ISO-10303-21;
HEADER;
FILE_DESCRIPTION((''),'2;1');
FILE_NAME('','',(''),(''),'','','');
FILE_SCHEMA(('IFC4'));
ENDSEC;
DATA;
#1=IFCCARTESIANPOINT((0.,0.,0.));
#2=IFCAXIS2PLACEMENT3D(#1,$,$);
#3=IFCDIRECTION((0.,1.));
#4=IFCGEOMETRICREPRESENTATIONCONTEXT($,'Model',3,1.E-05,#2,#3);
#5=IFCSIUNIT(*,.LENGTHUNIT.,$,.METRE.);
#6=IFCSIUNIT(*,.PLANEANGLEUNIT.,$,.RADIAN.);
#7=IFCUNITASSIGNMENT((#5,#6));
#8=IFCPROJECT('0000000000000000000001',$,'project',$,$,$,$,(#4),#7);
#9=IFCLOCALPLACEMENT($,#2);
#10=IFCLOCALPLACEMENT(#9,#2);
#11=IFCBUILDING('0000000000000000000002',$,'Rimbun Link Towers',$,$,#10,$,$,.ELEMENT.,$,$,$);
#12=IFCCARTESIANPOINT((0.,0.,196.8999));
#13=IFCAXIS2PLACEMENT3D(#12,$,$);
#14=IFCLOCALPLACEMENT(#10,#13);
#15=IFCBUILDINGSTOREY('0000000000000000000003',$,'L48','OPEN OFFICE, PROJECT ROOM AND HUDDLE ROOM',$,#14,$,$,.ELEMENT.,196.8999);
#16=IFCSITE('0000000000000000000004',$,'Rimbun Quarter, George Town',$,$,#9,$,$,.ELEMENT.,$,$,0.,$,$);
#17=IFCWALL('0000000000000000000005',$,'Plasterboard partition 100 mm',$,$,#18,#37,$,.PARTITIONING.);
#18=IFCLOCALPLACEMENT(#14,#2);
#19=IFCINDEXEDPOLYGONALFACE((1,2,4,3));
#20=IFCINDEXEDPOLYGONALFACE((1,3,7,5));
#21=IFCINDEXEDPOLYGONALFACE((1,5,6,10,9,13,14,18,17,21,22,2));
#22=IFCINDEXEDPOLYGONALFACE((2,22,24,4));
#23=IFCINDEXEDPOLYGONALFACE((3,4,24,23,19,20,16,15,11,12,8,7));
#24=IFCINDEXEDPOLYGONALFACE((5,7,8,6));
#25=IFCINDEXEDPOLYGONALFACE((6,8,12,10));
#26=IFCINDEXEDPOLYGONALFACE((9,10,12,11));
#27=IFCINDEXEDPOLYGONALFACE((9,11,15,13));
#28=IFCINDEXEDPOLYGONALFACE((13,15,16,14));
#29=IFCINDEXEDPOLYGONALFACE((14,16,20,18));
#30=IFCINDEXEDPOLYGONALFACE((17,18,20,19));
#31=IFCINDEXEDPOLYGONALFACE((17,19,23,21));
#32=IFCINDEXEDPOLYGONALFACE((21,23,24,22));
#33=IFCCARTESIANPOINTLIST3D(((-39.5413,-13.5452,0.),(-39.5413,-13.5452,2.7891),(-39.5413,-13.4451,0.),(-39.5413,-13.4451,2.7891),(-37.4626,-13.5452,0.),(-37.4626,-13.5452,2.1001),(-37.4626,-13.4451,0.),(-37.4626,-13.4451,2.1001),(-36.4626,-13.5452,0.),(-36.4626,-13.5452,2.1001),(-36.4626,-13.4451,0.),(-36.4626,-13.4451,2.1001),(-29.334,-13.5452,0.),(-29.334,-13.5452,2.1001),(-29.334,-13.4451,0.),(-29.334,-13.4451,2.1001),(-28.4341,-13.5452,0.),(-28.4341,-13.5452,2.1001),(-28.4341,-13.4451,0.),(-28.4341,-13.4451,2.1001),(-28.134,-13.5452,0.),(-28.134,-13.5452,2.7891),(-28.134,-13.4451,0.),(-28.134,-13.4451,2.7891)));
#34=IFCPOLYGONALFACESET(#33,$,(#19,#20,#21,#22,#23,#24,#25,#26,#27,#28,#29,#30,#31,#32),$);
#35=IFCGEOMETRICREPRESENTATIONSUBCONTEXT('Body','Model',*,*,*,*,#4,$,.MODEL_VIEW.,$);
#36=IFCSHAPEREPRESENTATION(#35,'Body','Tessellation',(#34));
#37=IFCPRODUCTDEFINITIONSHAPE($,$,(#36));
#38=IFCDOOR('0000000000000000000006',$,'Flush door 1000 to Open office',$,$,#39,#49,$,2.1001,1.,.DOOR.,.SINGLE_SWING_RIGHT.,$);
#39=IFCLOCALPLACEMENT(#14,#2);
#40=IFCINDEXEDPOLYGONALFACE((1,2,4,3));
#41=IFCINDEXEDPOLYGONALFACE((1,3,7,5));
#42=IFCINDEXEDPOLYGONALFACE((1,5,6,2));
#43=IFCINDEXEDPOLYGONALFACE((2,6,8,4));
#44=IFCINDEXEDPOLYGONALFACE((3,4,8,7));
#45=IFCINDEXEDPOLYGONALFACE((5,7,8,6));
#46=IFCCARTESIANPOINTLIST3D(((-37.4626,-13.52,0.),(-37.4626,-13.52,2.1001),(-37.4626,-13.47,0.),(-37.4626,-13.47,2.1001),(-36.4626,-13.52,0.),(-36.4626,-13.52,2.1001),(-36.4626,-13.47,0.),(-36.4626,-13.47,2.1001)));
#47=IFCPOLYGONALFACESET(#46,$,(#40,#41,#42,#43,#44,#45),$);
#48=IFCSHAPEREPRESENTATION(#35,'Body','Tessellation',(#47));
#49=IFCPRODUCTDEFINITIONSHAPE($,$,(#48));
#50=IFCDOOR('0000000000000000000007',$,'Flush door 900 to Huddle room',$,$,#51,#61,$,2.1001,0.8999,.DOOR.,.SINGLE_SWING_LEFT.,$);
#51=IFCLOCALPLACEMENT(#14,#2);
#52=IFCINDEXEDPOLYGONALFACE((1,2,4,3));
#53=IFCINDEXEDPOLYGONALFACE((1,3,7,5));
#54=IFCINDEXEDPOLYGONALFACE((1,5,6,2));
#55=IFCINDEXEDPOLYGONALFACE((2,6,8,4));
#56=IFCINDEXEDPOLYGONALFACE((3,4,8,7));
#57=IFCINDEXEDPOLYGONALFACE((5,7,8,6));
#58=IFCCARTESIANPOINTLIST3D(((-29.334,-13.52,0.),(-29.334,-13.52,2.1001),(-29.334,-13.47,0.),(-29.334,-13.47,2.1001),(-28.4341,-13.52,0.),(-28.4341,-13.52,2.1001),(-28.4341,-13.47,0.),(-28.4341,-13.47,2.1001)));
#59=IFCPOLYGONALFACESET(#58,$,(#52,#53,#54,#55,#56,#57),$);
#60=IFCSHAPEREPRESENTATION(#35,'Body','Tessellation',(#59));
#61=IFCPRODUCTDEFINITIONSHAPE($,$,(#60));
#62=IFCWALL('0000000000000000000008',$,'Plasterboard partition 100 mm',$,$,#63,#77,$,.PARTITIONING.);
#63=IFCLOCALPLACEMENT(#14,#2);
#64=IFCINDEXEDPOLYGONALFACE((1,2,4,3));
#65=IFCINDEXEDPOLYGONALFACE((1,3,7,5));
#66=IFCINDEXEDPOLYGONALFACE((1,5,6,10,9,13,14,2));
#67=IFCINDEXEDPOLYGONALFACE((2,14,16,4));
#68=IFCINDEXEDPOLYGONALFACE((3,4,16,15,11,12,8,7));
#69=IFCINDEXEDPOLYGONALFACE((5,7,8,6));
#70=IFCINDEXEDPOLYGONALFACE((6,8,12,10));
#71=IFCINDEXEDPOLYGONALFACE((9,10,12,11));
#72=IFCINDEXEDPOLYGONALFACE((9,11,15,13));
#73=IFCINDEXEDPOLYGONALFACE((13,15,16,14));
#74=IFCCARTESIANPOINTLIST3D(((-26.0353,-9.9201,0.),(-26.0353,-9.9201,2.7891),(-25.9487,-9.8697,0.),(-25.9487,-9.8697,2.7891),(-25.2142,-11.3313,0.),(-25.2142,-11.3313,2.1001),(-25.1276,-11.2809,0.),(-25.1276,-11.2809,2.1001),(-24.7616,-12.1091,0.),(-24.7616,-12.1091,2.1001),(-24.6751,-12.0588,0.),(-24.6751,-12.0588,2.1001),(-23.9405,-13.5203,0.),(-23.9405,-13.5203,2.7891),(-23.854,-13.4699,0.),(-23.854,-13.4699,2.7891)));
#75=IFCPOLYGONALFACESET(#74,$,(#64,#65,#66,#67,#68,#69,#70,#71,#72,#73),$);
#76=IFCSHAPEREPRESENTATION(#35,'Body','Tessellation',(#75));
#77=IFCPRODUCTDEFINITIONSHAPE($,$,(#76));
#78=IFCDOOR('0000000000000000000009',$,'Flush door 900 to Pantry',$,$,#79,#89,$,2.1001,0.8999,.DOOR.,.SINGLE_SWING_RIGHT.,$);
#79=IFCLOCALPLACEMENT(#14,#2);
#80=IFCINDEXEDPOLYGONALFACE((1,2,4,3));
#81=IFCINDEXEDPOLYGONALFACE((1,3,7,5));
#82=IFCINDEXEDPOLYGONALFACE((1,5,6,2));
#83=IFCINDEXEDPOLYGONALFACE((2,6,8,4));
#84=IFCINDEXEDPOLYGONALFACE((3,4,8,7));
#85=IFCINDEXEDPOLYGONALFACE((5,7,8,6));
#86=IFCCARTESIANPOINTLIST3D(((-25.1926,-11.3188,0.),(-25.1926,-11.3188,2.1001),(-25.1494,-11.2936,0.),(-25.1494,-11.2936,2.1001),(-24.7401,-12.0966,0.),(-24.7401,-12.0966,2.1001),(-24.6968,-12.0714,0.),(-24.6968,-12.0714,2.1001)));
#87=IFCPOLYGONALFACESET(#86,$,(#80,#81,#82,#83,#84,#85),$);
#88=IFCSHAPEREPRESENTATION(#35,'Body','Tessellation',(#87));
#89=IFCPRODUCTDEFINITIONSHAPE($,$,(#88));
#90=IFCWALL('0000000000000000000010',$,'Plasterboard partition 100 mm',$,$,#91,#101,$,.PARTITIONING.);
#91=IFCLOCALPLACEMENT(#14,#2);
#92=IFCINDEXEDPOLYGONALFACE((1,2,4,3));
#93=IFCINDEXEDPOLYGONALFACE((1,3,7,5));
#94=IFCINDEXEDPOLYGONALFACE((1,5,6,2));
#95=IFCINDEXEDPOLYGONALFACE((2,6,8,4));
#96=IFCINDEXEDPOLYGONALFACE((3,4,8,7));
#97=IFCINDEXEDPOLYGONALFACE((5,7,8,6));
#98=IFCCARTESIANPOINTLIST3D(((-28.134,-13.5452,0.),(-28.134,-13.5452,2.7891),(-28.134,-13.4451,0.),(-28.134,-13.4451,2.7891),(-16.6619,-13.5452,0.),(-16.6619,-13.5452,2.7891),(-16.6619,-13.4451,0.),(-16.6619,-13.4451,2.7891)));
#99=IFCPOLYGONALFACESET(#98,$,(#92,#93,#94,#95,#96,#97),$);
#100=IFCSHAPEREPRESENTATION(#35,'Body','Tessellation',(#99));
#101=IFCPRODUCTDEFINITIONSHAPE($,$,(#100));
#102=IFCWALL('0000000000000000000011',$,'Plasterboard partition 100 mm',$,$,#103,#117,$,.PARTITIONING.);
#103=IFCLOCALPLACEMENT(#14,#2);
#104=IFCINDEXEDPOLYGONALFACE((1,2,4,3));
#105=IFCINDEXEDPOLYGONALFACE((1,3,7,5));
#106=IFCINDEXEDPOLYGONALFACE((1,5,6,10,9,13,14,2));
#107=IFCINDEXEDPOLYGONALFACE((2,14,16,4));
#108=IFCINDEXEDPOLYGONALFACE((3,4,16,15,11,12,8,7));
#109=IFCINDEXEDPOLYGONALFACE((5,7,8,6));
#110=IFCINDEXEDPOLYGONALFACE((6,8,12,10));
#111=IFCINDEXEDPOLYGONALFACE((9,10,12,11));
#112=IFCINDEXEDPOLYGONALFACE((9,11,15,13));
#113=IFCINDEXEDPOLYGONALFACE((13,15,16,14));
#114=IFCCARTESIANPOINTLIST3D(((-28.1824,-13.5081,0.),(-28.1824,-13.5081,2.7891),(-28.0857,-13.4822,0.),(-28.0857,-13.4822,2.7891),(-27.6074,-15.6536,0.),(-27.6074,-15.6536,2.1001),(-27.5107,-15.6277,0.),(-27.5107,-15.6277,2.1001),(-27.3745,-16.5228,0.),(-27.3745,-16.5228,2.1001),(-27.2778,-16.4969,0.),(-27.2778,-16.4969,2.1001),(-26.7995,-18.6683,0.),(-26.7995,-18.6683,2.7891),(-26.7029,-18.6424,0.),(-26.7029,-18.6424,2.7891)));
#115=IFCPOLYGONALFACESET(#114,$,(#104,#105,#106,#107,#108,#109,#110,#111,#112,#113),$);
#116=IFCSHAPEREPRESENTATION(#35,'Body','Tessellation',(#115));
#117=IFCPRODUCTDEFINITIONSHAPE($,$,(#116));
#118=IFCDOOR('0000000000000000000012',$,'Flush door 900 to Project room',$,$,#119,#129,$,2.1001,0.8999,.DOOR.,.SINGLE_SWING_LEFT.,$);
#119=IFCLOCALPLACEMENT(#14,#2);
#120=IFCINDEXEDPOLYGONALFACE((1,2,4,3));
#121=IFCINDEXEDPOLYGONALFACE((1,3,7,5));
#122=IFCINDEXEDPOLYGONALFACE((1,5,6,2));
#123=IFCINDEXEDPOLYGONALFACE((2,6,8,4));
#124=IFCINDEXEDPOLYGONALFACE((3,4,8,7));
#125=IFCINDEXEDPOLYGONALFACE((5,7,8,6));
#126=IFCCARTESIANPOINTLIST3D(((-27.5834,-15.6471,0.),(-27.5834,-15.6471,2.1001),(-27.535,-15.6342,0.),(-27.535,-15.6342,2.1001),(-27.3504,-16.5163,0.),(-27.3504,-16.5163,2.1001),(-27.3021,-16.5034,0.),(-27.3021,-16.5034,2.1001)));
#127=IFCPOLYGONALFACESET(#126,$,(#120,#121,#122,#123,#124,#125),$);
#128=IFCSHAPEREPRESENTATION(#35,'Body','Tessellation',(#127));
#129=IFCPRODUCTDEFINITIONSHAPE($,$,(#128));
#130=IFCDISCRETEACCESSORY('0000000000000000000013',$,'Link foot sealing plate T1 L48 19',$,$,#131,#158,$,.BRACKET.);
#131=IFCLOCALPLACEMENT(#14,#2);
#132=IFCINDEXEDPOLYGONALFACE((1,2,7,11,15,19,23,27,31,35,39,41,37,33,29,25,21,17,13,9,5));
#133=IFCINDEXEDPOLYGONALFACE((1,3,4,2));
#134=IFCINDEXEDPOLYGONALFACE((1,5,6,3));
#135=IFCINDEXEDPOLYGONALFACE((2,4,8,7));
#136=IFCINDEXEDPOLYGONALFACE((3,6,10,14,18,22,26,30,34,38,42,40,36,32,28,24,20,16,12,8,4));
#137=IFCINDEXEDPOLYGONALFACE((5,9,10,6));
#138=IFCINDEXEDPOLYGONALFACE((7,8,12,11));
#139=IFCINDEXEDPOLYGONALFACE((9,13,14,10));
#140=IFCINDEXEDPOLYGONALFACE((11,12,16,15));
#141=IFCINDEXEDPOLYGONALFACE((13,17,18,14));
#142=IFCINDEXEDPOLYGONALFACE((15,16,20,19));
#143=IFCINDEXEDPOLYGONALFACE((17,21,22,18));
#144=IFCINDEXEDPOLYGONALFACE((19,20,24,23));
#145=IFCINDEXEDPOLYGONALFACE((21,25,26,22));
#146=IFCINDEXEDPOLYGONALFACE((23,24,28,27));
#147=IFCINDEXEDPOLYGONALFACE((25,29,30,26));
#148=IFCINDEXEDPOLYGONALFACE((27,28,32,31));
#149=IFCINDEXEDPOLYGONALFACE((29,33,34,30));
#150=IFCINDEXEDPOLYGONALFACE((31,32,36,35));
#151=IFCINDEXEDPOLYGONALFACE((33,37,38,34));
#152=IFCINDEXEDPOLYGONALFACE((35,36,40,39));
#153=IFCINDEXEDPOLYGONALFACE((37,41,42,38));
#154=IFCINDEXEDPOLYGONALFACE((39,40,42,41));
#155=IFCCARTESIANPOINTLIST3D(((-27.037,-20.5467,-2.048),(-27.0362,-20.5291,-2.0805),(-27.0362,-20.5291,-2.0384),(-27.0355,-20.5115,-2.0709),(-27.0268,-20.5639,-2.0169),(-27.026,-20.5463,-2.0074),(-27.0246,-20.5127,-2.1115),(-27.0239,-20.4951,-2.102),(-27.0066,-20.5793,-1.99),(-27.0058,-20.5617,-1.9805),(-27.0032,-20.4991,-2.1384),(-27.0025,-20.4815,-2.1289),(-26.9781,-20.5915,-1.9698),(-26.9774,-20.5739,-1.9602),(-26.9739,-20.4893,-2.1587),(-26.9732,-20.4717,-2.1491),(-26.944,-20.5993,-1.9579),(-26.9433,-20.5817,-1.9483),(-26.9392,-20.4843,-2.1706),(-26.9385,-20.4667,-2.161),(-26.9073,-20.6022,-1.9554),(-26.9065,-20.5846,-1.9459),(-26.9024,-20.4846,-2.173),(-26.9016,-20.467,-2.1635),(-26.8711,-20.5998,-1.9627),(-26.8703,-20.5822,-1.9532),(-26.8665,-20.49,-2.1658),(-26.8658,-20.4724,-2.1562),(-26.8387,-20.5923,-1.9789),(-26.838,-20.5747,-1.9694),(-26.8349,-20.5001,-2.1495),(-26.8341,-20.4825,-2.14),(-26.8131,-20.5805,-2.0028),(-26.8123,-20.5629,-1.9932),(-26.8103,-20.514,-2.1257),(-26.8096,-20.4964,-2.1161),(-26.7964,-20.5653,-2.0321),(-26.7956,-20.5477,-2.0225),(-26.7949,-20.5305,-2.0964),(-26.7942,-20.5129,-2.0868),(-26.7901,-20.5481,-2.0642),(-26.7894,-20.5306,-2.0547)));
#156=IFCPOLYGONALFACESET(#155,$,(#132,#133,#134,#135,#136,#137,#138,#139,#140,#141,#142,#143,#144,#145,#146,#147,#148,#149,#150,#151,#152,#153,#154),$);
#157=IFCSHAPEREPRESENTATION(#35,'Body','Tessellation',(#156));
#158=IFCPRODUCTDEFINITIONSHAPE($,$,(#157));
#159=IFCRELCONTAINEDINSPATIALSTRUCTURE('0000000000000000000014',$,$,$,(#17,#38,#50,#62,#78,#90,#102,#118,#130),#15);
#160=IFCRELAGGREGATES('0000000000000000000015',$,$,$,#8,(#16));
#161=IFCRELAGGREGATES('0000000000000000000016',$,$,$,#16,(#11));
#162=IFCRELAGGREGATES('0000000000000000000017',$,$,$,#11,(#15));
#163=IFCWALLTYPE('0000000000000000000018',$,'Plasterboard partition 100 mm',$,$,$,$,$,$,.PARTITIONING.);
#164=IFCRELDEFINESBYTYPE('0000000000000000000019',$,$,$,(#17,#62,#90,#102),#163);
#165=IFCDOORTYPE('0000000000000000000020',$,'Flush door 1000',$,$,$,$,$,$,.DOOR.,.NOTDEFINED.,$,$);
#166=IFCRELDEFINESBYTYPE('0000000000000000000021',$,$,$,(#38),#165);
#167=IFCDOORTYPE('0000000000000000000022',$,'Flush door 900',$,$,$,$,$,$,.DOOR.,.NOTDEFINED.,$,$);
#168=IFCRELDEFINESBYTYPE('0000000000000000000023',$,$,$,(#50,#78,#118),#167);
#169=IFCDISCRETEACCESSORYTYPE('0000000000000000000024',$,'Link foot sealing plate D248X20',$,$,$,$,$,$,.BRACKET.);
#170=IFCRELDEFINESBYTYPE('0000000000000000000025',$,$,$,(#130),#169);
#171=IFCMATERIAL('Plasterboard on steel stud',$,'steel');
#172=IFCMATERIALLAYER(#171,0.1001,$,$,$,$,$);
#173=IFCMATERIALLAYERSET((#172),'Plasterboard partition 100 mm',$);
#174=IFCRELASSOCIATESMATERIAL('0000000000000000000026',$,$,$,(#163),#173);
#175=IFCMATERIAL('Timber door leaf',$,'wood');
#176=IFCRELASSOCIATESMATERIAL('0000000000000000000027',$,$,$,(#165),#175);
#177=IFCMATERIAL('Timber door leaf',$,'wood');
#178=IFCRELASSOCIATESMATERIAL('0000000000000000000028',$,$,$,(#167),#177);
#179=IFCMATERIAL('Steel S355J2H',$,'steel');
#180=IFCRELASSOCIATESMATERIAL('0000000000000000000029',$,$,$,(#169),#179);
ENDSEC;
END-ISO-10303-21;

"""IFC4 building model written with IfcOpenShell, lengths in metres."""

from ifc_helpers import new_model, si_unit, direction, frame, frame_2d, origin, origin_2d, place, context, subcontext, project, spatial, rectangle, circle, extrude, material, layer, layer_set, material_profile, profile_set, type_object, element, fill, save


model = new_model("IFC4")

# Units and contexts
model_context = context("Model", 3, precision=1e-05, world=origin(), true_north=direction((0.0, 1.0)))
body_context = subcontext(model_context, "Body", "Model", "MODEL_VIEW")
ifc_project = project(units=[si_unit("LENGTHUNIT", "METRE"), si_unit("PLANEANGLEUNIT", "RADIAN")], contexts=[model_context])

# Site, building, storey
site_placement = place(None, origin())
site = spatial("IfcSite", under=ifc_project, at=site_placement, Name="Rimbun Quarter, George Town", CompositionType="ELEMENT", RefElevation=0.0)
building_placement = place(site_placement, origin())
building = spatial("IfcBuilding", under=site, at=building_placement, Name="Rimbun Link Towers", CompositionType="ELEMENT")
storey_placement = place(building_placement, frame((0.0, 0.0, 196.8999)))
storey = spatial("IfcBuildingStorey", under=building, at=storey_placement, Name="L48", Description="OPEN OFFICE, PROJECT ROOM AND HUDDLE ROOM", CompositionType="ELEMENT", Elevation=196.8999)

# Wall, openings, doors
ifc_material_1 = material(Name="Plasterboard on steel stud", Category="steel")
ifc_layer_1 = layer(ifc_material_1, 0.1001)
ifc_layer_set_1 = layer_set([ifc_layer_1], Name="Plasterboard partition 100 mm")
wall_type = type_object("IfcWallType", Name="Plasterboard partition 100 mm", PredefinedType="PARTITIONING", material=ifc_layer_set_1)
wall_1_placement = place(storey_placement, frame((-28.134, -13.4951, 0.0), z_axis=(0.0, 0.0, 1.0), x_axis=(-1.0, 0.0, 0.0)))
wall_1 = element("IfcWall", 1, at=wall_1_placement, inside=storey, type_object=wall_type, Name="Plasterboard partition 100 mm", PredefinedType="PARTITIONING", context=body_context, shape_type="SweptSolid", body=[
    extrude(rectangle(XDim=11.4072, YDim=0.1001, at=frame_2d((5.7036, 0.0))), origin(), (0.0, 0.0, 1.0), 2.7891),
])
opening_1_placement = place(wall_1_placement, frame((8.3286, 0.0, 0.0)))
opening_1 = element("IfcOpeningElement", 2, at=opening_1_placement, cuts=wall_1, PredefinedType="OPENING", context=body_context, shape_type="SweptSolid", body=[
    extrude(rectangle(XDim=1.0, YDim=2.1001, at=frame_2d((0.5, 1.05))), frame((0.0, 0.0601, 0.0), z_axis=(0.0, -1.0, 0.0), x_axis=(1.0, 0.0, 0.0)), (0.0, 0.0, 1.0), 0.1201),
])
opening_2_placement = place(wall_1_placement, frame((0.3, 0.0, 0.0)))
opening_2 = element("IfcOpeningElement", 3, at=opening_2_placement, cuts=wall_1, PredefinedType="OPENING", context=body_context, shape_type="SweptSolid", body=[
    extrude(rectangle(XDim=0.8999, YDim=2.1001, at=frame_2d((0.45, 1.05))), frame((0.0, 0.0601, 0.0), z_axis=(0.0, -1.0, 0.0), x_axis=(1.0, 0.0, 0.0)), (0.0, 0.0, 1.0), 0.1201),
])
ifc_material_2 = material(Name="Timber door leaf", Category="wood")
door_type_1 = type_object("IfcDoorType", Name="Flush door 1000", OperationType="NOTDEFINED", PredefinedType="DOOR", material=ifc_material_2)
door_1_placement = place(opening_1_placement, origin())
door_1 = element("IfcDoor", 4, at=door_1_placement, inside=storey, type_object=door_type_1, Name="Flush door 1000 to Open office", OperationType="SINGLE_SWING_RIGHT", OverallHeight=2.1001, OverallWidth=1.0, PredefinedType="DOOR", context=body_context, shape_type="SweptSolid", body=[
    extrude(rectangle(XDim=1.0, YDim=2.1001, at=frame_2d((0.5, 1.05))), frame((0.0, 0.0249, 0.0), z_axis=(0.0, -1.0, 0.0), x_axis=(1.0, 0.0, 0.0)), (0.0, 0.0, 1.0), 0.05),
])
fill(opening_1, door_1)
ifc_material_3 = material(Name="Timber door leaf", Category="wood")
door_type_2 = type_object("IfcDoorType", Name="Flush door 900", OperationType="NOTDEFINED", PredefinedType="DOOR", material=ifc_material_3)
door_2_placement = place(opening_2_placement, origin())
door_2 = element("IfcDoor", 5, at=door_2_placement, inside=storey, type_object=door_type_2, Name="Flush door 900 to Huddle room", OperationType="SINGLE_SWING_LEFT", OverallHeight=2.1001, OverallWidth=0.8999, PredefinedType="DOOR", context=body_context, shape_type="SweptSolid", body=[
    extrude(rectangle(XDim=0.8999, YDim=2.1001, at=frame_2d((0.45, 1.05))), frame((0.0, 0.0249, 0.0), z_axis=(0.0, -1.0, 0.0), x_axis=(1.0, 0.0, 0.0)), (0.0, 0.0, 1.0), 0.05),
])
fill(opening_2, door_2)

# Wall, opening, door
wall_2_placement = place(storey_placement, frame((-25.9919, -9.895, 0.0), z_axis=(0.0, 0.0, 1.0), x_axis=(0.502916, -0.864335, 0.0)))
wall_2 = element("IfcWall", 6, at=wall_2_placement, inside=storey, type_object=wall_type, Name="Plasterboard partition 100 mm", PredefinedType="PARTITIONING", context=body_context, shape_type="SweptSolid", body=[
    extrude(rectangle(XDim=4.1653, YDim=0.1001, at=frame_2d((2.0825, 0.0))), origin(), (0.0, 0.0, 1.0), 2.7891),
])
opening_3_placement = place(wall_2_placement, frame((1.6326, 0.0, 0.0)))
opening_3 = element("IfcOpeningElement", 7, at=opening_3_placement, cuts=wall_2, PredefinedType="OPENING", context=body_context, shape_type="SweptSolid", body=[
    extrude(rectangle(XDim=0.8999, YDim=2.1001, at=frame_2d((0.45, 1.05))), frame((0.0, 0.0601, 0.0), z_axis=(0.0, -1.0, 0.0), x_axis=(1.0, 0.0, 0.0)), (0.0, 0.0, 1.0), 0.1201),
])
door_3_placement = place(opening_3_placement, origin())
door_3 = element("IfcDoor", 8, at=door_3_placement, inside=storey, type_object=door_type_2, Name="Flush door 900 to Pantry", OperationType="SINGLE_SWING_RIGHT", OverallHeight=2.1001, OverallWidth=0.8999, PredefinedType="DOOR", context=body_context, shape_type="SweptSolid", body=[
    extrude(rectangle(XDim=0.8999, YDim=2.1001, at=frame_2d((0.45, 1.05))), frame((0.0, 0.0249, 0.0), z_axis=(0.0, -1.0, 0.0), x_axis=(1.0, 0.0, 0.0)), (0.0, 0.0, 1.0), 0.05),
])
fill(opening_3, door_3)

# Wall
wall_3_placement = place(storey_placement, frame((-28.134, -13.4951, 0.0), z_axis=(0.0, 0.0, 1.0), x_axis=(1.0, 0.0, 0.0)))
element("IfcWall", 9, at=wall_3_placement, inside=storey, type_object=wall_type, Name="Plasterboard partition 100 mm", PredefinedType="PARTITIONING", context=body_context, shape_type="SweptSolid", body=[
    extrude(rectangle(XDim=11.4722, YDim=0.1001, at=frame_2d((5.7361, 0.0))), origin(), (0.0, 0.0, 1.0), 2.7891),
])

# Wall, opening, door
wall_4_placement = place(storey_placement, frame((-28.134, -13.4951, 0.0), z_axis=(0.0, 0.0, 1.0), x_axis=(0.258846, -0.965919, 0.0)))
wall_4 = element("IfcWall", 10, at=wall_4_placement, inside=storey, type_object=wall_type, Name="Plasterboard partition 100 mm", PredefinedType="PARTITIONING", context=body_context, shape_type="SweptSolid", body=[
    extrude(rectangle(XDim=5.3423, YDim=0.1001, at=frame_2d((2.6711, 0.0))), origin(), (0.0, 0.0, 1.0), 2.7891),
])
opening_4_placement = place(wall_4_placement, frame((2.2212, 0.0, 0.0)))
opening_4 = element("IfcOpeningElement", 11, at=opening_4_placement, cuts=wall_4, PredefinedType="OPENING", context=body_context, shape_type="SweptSolid", body=[
    extrude(rectangle(XDim=0.8999, YDim=2.1001, at=frame_2d((0.45, 1.05))), frame((0.0, 0.0601, 0.0), z_axis=(0.0, -1.0, 0.0), x_axis=(1.0, 0.0, 0.0)), (0.0, 0.0, 1.0), 0.1201),
])
door_4_placement = place(opening_4_placement, origin())
door_4 = element("IfcDoor", 12, at=door_4_placement, inside=storey, type_object=door_type_2, Name="Flush door 900 to Project room", OperationType="SINGLE_SWING_LEFT", OverallHeight=2.1001, OverallWidth=0.8999, PredefinedType="DOOR", context=body_context, shape_type="SweptSolid", body=[
    extrude(rectangle(XDim=0.8999, YDim=2.1001, at=frame_2d((0.45, 1.05))), frame((0.0, 0.0249, 0.0), z_axis=(0.0, -1.0, 0.0), x_axis=(1.0, 0.0, 0.0)), (0.0, 0.0, 1.0), 0.05),
])
fill(opening_4, door_4)

# Discrete accessory
ifc_material_4 = material(Name="Steel S355J2H", Category="steel")
ifc_material_profile_1 = material_profile(ifc_material_4, circle(Radius=0.124, at=origin_2d()), Name="PL D248")
ifc_profile_set_1 = profile_set([ifc_material_profile_1], Name="Steel S355J2H")
discrete_accessory_type = type_object("IfcDiscreteAccessoryType", Name="Link foot sealing plate D248X20", PredefinedType="BRACKET", material=ifc_profile_set_1)
discrete_accessory_placement = place(storey_placement, frame((-26.9133, -20.5254, -2.0547), z_axis=(-0.036613, -0.878702, -0.475964), x_axis=(0.999133, -0.041631, 0.0)))
element("IfcDiscreteAccessory", 13, at=discrete_accessory_placement, inside=storey, type_object=discrete_accessory_type, Name="Link foot sealing plate T1 L48 19", PredefinedType="BRACKET", context=body_context, shape_type="SweptSolid", body=[
    extrude(circle(Radius=0.124, at=origin_2d()), origin(), (0.0, 0.0, 1.0), 0.02),
])

save(model, "model.ifc")
